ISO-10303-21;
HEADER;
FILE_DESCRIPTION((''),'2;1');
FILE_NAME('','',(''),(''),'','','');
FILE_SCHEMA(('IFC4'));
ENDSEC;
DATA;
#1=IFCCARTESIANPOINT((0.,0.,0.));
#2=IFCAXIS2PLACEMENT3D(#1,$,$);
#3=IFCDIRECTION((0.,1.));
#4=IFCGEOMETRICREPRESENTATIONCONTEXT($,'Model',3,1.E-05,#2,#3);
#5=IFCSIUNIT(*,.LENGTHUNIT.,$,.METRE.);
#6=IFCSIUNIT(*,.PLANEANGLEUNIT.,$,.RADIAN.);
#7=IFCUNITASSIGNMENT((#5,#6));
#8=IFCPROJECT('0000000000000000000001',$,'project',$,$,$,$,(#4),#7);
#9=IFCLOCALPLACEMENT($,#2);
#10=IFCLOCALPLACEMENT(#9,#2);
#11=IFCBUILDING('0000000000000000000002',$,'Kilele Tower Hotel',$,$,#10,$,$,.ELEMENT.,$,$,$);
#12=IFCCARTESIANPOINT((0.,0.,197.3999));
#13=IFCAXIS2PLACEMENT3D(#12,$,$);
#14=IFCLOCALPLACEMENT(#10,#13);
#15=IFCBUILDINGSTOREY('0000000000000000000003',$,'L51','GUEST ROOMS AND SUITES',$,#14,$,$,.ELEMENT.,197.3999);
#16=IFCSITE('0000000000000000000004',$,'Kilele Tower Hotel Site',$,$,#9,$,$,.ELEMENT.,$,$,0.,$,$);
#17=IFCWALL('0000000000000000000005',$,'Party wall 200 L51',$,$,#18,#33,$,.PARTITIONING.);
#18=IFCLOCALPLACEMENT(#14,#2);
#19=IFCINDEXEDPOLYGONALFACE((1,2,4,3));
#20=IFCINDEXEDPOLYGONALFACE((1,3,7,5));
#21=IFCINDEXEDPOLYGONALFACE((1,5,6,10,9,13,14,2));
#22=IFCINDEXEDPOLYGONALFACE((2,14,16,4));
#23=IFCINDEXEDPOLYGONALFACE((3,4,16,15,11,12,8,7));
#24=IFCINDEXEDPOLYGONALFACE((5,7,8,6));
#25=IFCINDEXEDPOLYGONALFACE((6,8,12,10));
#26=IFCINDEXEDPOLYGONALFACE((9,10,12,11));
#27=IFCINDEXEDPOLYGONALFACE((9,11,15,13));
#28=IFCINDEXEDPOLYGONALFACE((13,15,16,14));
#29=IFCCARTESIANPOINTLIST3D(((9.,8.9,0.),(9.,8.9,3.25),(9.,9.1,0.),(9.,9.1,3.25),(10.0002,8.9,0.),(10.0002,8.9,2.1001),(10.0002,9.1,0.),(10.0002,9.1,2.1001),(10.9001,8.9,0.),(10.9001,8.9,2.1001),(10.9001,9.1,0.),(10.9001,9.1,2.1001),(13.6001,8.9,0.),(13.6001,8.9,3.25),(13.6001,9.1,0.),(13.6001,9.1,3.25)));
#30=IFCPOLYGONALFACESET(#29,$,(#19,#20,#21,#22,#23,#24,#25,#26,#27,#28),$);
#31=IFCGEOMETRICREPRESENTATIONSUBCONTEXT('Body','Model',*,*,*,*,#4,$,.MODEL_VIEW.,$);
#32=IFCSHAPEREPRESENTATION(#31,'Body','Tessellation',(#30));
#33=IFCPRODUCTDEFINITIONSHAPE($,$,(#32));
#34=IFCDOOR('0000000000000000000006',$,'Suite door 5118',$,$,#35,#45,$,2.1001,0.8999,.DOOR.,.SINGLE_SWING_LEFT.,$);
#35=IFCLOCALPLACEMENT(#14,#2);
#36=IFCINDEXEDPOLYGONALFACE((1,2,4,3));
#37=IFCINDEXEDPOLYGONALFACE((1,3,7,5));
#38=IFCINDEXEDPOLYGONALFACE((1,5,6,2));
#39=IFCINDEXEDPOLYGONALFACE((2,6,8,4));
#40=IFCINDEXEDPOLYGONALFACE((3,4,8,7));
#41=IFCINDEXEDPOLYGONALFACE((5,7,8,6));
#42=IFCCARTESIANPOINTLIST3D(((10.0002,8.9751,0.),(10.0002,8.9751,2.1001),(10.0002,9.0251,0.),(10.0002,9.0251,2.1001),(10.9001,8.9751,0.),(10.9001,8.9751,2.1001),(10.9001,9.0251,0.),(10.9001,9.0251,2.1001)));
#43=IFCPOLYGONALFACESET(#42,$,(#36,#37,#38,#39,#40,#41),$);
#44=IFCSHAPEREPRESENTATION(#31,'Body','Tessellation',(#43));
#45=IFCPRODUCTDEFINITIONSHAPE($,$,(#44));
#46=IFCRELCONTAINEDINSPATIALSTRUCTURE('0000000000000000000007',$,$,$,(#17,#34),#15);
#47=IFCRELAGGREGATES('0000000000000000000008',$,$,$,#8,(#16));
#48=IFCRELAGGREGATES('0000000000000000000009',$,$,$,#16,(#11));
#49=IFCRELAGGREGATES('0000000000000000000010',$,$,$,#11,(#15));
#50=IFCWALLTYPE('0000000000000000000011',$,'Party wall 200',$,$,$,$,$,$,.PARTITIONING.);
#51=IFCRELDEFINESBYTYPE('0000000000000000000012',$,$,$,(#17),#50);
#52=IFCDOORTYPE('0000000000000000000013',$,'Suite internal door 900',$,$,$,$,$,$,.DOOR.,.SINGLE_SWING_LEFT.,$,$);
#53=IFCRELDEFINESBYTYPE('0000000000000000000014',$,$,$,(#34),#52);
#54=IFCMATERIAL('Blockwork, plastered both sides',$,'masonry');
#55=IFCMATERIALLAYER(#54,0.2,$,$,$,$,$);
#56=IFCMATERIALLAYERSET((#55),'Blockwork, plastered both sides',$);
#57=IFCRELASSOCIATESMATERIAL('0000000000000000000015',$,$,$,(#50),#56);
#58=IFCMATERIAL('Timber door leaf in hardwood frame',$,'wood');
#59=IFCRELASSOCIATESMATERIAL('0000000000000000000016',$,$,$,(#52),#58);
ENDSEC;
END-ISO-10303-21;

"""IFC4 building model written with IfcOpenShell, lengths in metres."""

from ifc_helpers import new_model, si_unit, direction, frame, frame_2d, origin, place, context, subcontext, project, spatial, rectangle, extrude, material, layer, layer_set, type_object, element, fill, save


model = new_model("IFC4")

# Units and contexts
model_context = context("Model", 3, precision=1e-05, world=origin(), true_north=direction((0.0, 1.0)))
body_context = subcontext(model_context, "Body", "Model", "MODEL_VIEW")
ifc_project = project(units=[si_unit("LENGTHUNIT", "METRE"), si_unit("PLANEANGLEUNIT", "RADIAN")], contexts=[model_context])

# Site, building, storey
site_placement = place(None, origin())
site = spatial("IfcSite", under=ifc_project, at=site_placement, Name="Kilele Tower Hotel Site", CompositionType="ELEMENT", RefElevation=0.0)
building_placement = place(site_placement, origin())
building = spatial("IfcBuilding", under=site, at=building_placement, Name="Kilele Tower Hotel", CompositionType="ELEMENT")
storey_placement = place(building_placement, frame((0.0, 0.0, 197.3999)))
storey = spatial("IfcBuildingStorey", under=building, at=storey_placement, Name="L51", Description="GUEST ROOMS AND SUITES", CompositionType="ELEMENT", Elevation=197.3999)

# Wall, opening, door
ifc_material_1 = material(Name="Blockwork, plastered both sides", Category="masonry")
ifc_layer_1 = layer(ifc_material_1, 0.2)
ifc_layer_set_1 = layer_set([ifc_layer_1], Name="Blockwork, plastered both sides")
wall_type_1 = type_object("IfcWallType", Name="Party wall 200", PredefinedType="PARTITIONING", material=ifc_layer_set_1)
wall_1_placement = place(storey_placement, frame((13.6001, 9.0, 0.0), z_axis=(0.0, 0.0, 1.0), x_axis=(-1.0, 0.0, 0.0)))
wall_1 = element("IfcWall", 1, at=wall_1_placement, inside=storey, type_object=wall_type_1, Name="Party wall 200 L51", PredefinedType="PARTITIONING", context=body_context, shape_type="SweptSolid", body=[
    extrude(rectangle(XDim=4.6001, YDim=0.2, at=frame_2d((2.3, 0.0))), origin(), (0.0, 0.0, 1.0), 3.25),
])
opening_1_placement = place(wall_1_placement, frame((2.7, 0.0, 0.0)))
opening_1 = element("IfcOpeningElement", 2, at=opening_1_placement, cuts=wall_1, PredefinedType="OPENING", context=body_context, shape_type="SweptSolid", body=[
    extrude(rectangle(XDim=0.8999, YDim=2.1001, at=frame_2d((0.45, 1.05))), frame((0.0, 0.1099, 0.0), z_axis=(0.0, -1.0, 0.0), x_axis=(1.0, 0.0, 0.0)), (0.0, 0.0, 1.0), 0.22),
])
ifc_material_2 = material(Name="Timber door leaf in hardwood frame", Category="wood")
door_type_1 = type_object("IfcDoorType", Name="Suite internal door 900", OperationType="SINGLE_SWING_LEFT", PredefinedType="DOOR", material=ifc_material_2)
door_1_placement = place(opening_1_placement, origin())
door_1 = element("IfcDoor", 3, at=door_1_placement, inside=storey, type_object=door_type_1, Name="Suite door 5118", OperationType="SINGLE_SWING_LEFT", OverallHeight=2.1001, OverallWidth=0.8999, PredefinedType="DOOR", context=body_context, shape_type="SweptSolid", body=[
    extrude(rectangle(XDim=0.8999, YDim=2.1001, at=frame_2d((0.45, 1.05))), frame((0.0, 0.0249, 0.0), z_axis=(0.0, -1.0, 0.0), x_axis=(1.0, 0.0, 0.0)), (0.0, 0.0, 1.0), 0.05),
])
fill(opening_1, door_1)

save(model, "model.ifc")
